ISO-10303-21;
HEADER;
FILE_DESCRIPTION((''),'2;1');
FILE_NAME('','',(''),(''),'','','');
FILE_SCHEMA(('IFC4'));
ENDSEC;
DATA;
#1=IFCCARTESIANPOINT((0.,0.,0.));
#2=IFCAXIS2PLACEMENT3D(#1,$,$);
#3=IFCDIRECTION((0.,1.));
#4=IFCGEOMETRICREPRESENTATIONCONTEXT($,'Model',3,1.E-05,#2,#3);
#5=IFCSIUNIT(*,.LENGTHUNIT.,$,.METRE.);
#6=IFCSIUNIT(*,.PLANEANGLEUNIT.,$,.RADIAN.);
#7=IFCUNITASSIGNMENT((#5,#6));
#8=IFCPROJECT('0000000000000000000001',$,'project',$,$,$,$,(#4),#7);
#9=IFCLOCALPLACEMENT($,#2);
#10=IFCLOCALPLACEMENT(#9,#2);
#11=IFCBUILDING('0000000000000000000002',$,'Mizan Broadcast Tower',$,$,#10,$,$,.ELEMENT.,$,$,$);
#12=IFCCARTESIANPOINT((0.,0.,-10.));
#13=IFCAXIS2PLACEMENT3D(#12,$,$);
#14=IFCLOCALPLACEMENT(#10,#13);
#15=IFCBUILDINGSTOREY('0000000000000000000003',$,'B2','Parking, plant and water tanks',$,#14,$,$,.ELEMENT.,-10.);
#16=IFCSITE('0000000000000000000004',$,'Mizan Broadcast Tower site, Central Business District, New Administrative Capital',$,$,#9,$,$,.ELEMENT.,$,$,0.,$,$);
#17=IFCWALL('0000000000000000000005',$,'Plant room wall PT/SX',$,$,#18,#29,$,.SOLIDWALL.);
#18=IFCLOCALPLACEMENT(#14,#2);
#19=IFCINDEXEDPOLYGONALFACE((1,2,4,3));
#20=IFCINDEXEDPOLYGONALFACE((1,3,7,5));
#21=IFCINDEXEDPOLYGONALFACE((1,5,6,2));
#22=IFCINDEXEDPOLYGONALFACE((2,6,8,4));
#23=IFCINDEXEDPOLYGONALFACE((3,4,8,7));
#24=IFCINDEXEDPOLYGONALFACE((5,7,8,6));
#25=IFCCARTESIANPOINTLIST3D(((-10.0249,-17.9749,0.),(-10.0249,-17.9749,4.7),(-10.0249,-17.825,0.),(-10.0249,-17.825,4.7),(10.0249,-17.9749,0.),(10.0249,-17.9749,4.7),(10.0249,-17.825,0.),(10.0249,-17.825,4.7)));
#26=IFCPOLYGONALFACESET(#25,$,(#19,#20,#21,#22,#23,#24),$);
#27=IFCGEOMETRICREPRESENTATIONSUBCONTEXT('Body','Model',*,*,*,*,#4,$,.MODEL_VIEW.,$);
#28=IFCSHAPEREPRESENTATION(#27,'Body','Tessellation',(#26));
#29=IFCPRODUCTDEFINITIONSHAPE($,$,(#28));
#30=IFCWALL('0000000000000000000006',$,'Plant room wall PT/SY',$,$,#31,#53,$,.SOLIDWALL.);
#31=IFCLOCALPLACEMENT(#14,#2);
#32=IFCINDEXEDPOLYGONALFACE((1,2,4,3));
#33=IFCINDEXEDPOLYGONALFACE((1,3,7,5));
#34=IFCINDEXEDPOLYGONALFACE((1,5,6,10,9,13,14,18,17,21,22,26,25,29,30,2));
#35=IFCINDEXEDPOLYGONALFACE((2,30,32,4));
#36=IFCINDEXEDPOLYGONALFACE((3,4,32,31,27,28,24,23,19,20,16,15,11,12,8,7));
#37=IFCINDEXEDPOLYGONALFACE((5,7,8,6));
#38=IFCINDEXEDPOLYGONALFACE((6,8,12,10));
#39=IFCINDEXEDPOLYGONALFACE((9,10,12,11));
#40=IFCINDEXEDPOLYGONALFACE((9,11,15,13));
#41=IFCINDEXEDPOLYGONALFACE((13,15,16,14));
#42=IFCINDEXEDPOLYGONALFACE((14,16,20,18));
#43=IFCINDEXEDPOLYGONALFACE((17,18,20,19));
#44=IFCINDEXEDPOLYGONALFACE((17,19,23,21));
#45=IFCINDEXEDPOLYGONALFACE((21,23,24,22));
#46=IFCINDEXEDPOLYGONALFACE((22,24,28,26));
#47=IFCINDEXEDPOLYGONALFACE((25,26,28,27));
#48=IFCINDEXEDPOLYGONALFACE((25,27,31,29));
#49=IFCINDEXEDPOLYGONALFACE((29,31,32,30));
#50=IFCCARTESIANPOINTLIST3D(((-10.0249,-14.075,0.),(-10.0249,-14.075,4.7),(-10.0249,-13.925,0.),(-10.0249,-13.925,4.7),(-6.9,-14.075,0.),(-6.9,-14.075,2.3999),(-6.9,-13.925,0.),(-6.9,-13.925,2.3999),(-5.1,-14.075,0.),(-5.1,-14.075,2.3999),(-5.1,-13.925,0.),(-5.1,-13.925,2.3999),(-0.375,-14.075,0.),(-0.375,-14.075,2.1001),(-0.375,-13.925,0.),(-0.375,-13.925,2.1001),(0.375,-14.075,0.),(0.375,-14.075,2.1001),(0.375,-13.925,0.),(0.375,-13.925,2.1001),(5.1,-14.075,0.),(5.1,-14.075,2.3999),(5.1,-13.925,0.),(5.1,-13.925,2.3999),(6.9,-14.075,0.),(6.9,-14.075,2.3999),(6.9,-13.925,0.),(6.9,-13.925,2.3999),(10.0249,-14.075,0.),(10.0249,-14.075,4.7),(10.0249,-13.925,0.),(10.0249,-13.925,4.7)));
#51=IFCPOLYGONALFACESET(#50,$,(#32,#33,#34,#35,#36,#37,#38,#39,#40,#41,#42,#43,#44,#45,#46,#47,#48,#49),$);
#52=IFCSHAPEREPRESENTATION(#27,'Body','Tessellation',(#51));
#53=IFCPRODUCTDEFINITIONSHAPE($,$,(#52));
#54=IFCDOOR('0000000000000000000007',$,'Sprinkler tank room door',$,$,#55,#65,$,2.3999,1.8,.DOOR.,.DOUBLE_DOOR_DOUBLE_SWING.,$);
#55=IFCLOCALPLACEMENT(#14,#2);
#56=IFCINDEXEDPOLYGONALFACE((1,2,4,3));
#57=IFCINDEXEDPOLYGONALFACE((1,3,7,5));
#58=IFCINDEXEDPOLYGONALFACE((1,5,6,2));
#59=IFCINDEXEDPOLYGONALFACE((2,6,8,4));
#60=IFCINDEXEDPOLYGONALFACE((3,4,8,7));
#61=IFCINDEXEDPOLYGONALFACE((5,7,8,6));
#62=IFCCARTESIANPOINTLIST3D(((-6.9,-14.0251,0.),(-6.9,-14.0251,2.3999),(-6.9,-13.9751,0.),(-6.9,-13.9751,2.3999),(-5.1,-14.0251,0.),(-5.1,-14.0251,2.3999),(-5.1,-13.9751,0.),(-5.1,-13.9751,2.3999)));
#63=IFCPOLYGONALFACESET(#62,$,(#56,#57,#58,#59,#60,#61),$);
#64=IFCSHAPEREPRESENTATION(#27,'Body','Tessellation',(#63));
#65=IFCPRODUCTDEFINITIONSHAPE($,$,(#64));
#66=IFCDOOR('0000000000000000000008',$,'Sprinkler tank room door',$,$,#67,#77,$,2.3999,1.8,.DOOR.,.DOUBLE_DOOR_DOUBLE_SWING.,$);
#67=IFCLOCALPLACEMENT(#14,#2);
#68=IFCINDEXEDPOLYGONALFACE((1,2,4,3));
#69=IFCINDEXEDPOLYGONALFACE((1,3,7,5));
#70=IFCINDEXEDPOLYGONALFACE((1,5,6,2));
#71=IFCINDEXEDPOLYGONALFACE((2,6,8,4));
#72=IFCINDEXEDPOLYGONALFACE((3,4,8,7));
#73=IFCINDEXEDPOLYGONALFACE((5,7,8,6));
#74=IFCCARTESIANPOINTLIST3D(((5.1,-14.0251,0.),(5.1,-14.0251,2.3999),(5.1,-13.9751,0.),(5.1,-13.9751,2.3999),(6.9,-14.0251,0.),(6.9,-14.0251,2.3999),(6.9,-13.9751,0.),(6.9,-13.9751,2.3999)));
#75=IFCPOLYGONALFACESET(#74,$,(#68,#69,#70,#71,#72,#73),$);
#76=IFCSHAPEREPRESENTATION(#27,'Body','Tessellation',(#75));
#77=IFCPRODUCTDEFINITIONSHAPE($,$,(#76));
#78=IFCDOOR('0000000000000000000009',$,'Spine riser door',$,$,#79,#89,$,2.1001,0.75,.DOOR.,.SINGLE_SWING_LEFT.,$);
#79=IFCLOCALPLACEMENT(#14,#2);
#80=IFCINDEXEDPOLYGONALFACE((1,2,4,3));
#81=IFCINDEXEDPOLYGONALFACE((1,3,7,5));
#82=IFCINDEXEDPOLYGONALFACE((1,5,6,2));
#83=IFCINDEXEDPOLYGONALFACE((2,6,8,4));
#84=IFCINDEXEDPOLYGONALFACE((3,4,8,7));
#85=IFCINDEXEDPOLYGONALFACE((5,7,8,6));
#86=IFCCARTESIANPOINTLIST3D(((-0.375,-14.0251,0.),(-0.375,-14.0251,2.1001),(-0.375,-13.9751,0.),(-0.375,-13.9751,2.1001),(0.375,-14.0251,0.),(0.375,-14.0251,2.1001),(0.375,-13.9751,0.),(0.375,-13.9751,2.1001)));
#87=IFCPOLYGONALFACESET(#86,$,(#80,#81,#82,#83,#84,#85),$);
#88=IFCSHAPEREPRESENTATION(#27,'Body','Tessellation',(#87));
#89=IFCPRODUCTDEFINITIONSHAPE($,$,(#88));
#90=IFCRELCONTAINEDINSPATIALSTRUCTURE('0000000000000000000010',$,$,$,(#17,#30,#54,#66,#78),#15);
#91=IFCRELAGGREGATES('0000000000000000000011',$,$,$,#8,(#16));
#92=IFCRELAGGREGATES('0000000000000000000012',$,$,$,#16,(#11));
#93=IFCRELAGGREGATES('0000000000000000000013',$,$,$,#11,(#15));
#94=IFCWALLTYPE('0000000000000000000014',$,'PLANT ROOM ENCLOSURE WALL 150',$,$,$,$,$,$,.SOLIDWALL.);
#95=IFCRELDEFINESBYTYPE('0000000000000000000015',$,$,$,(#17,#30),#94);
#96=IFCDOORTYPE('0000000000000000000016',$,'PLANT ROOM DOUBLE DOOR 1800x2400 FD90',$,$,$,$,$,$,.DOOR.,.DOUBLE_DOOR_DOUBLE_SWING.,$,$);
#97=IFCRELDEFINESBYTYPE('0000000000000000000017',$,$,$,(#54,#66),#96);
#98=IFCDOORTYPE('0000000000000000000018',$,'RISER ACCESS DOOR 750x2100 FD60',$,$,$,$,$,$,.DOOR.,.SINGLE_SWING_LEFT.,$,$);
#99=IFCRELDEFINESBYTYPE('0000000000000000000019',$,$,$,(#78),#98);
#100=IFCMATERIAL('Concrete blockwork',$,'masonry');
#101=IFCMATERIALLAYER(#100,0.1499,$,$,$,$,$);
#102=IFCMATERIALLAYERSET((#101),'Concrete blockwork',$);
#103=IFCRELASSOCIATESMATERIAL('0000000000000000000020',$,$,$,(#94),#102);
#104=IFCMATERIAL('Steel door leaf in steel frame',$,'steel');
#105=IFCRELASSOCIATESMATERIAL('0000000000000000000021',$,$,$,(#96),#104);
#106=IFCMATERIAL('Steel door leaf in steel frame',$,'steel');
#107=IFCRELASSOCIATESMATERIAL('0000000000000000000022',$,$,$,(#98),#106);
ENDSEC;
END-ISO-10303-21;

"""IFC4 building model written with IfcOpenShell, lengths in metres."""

from ifc_helpers import new_model, si_unit, direction, frame, frame_2d, origin, place, context, subcontext, project, spatial, rectangle, extrude, material, layer, layer_set, type_object, element, fill, save


model = new_model("IFC4")

# Units and contexts
model_context = context("Model", 3, precision=1e-05, world=origin(), true_north=direction((0.0, 1.0)))
body_context = subcontext(model_context, "Body", "Model", "MODEL_VIEW")
ifc_project = project(units=[si_unit("LENGTHUNIT", "METRE"), si_unit("PLANEANGLEUNIT", "RADIAN")], contexts=[model_context])

# Site, building, storey
site_placement = place(None, origin())
site = spatial("IfcSite", under=ifc_project, at=site_placement, Name="Mizan Broadcast Tower site, Central Business District, New Administrative Capital", CompositionType="ELEMENT", RefElevation=0.0)
building_placement = place(site_placement, origin())
building = spatial("IfcBuilding", under=site, at=building_placement, Name="Mizan Broadcast Tower", CompositionType="ELEMENT")
storey_placement = place(building_placement, frame((0.0, 0.0, -10.0)))
storey = spatial("IfcBuildingStorey", under=building, at=storey_placement, Name="B2", Description="Parking, plant and water tanks", CompositionType="ELEMENT", Elevation=-10.0)

# Wall
ifc_material_1 = material(Name="Concrete blockwork", Category="masonry")
ifc_layer_1 = layer(ifc_material_1, 0.1499)
ifc_layer_set_1 = layer_set([ifc_layer_1], Name="Concrete blockwork")
wall_type_1 = type_object("IfcWallType", Name="PLANT ROOM ENCLOSURE WALL 150", PredefinedType="SOLIDWALL", material=ifc_layer_set_1)
wall_1_placement = place(storey_placement, frame((-10.0249, -17.8999, 0.0), z_axis=(0.0, 0.0, 1.0), x_axis=(1.0, 0.0, 0.0)))
element("IfcWall", 1, at=wall_1_placement, inside=storey, type_object=wall_type_1, Name="Plant room wall PT/SX", PredefinedType="SOLIDWALL", context=body_context, shape_type="SweptSolid", body=[
    extrude(rectangle(XDim=20.0498, YDim=0.1499, at=frame_2d((10.0249, 0.0))), origin(), (0.0, 0.0, 1.0), 4.7),
])

# Wall, openings, doors
wall_2_placement = place(storey_placement, frame((-10.0249, -14.0, 0.0), z_axis=(0.0, 0.0, 1.0), x_axis=(1.0, 0.0, 0.0)))
wall_2 = element("IfcWall", 2, at=wall_2_placement, inside=storey, type_object=wall_type_1, Name="Plant room wall PT/SY", PredefinedType="SOLIDWALL", context=body_context, shape_type="SweptSolid", body=[
    extrude(rectangle(XDim=20.0498, YDim=0.1499, at=frame_2d((10.0249, 0.0))), origin(), (0.0, 0.0, 1.0), 4.7),
])
opening_1_placement = place(wall_2_placement, frame((9.6499, 0.0, 0.0)))
opening_1 = element("IfcOpeningElement", 3, at=opening_1_placement, cuts=wall_2, PredefinedType="OPENING", context=body_context, shape_type="SweptSolid", body=[
    extrude(rectangle(XDim=0.75, YDim=2.1001, at=frame_2d((0.375, 1.05))), frame((0.0, 0.085, 0.0), z_axis=(0.0, -1.0, 0.0), x_axis=(1.0, 0.0, 0.0)), (0.0, 0.0, 1.0), 0.1699),
])
opening_2_placement = place(wall_2_placement, frame((3.125, 0.0, 0.0)))
opening_2 = element("IfcOpeningElement", 4, at=opening_2_placement, cuts=wall_2, PredefinedType="OPENING", context=body_context, shape_type="SweptSolid", body=[
    extrude(rectangle(XDim=1.8, YDim=2.3999, at=frame_2d((0.8999, 1.2))), frame((0.0, 0.085, 0.0), z_axis=(0.0, -1.0, 0.0), x_axis=(1.0, 0.0, 0.0)), (0.0, 0.0, 1.0), 0.1699),
])
opening_3_placement = place(wall_2_placement, frame((15.125, 0.0, 0.0)))
opening_3 = element("IfcOpeningElement", 5, at=opening_3_placement, cuts=wall_2, PredefinedType="OPENING", context=body_context, shape_type="SweptSolid", body=[
    extrude(rectangle(XDim=1.8, YDim=2.3999, at=frame_2d((0.8999, 1.2))), frame((0.0, 0.085, 0.0), z_axis=(0.0, -1.0, 0.0), x_axis=(1.0, 0.0, 0.0)), (0.0, 0.0, 1.0), 0.1699),
])
ifc_material_2 = material(Name="Steel door leaf in steel frame", Category="steel")
door_type_1 = type_object("IfcDoorType", Name="PLANT ROOM DOUBLE DOOR 1800x2400 FD90", OperationType="DOUBLE_DOOR_DOUBLE_SWING", PredefinedType="DOOR", material=ifc_material_2)
door_1_placement = place(opening_2_placement, origin())
door_1 = element("IfcDoor", 6, at=door_1_placement, inside=storey, type_object=door_type_1, Name="Sprinkler tank room door", OperationType="DOUBLE_DOOR_DOUBLE_SWING", OverallHeight=2.3999, OverallWidth=1.8, PredefinedType="DOOR", context=body_context, shape_type="SweptSolid", body=[
    extrude(rectangle(XDim=1.8, YDim=2.3999, at=frame_2d((0.8999, 1.2))), frame((0.0, 0.0249, 0.0), z_axis=(0.0, -1.0, 0.0), x_axis=(1.0, 0.0, 0.0)), (0.0, 0.0, 1.0), 0.05),
])
fill(opening_2, door_1)
door_2_placement = place(opening_3_placement, origin())
door_2 = element("IfcDoor", 7, at=door_2_placement, inside=storey, type_object=door_type_1, Name="Sprinkler tank room door", OperationType="DOUBLE_DOOR_DOUBLE_SWING", OverallHeight=2.3999, OverallWidth=1.8, PredefinedType="DOOR", context=body_context, shape_type="SweptSolid", body=[
    extrude(rectangle(XDim=1.8, YDim=2.3999, at=frame_2d((0.8999, 1.2))), frame((0.0, 0.0249, 0.0), z_axis=(0.0, -1.0, 0.0), x_axis=(1.0, 0.0, 0.0)), (0.0, 0.0, 1.0), 0.05),
])
fill(opening_3, door_2)
ifc_material_3 = material(Name="Steel door leaf in steel frame", Category="steel")
door_type_2 = type_object("IfcDoorType", Name="RISER ACCESS DOOR 750x2100 FD60", OperationType="SINGLE_SWING_LEFT", PredefinedType="DOOR", material=ifc_material_3)
door_3_placement = place(opening_1_placement, origin())
door_3 = element("IfcDoor", 8, at=door_3_placement, inside=storey, type_object=door_type_2, Name="Spine riser door", OperationType="SINGLE_SWING_LEFT", OverallHeight=2.1001, OverallWidth=0.75, PredefinedType="DOOR", context=body_context, shape_type="SweptSolid", body=[
    extrude(rectangle(XDim=0.75, YDim=2.1001, at=frame_2d((0.375, 1.05))), frame((0.0, 0.0249, 0.0), z_axis=(0.0, -1.0, 0.0), x_axis=(1.0, 0.0, 0.0)), (0.0, 0.0, 1.0), 0.05),
])
fill(opening_1, door_3)

save(model, "model.ifc")
